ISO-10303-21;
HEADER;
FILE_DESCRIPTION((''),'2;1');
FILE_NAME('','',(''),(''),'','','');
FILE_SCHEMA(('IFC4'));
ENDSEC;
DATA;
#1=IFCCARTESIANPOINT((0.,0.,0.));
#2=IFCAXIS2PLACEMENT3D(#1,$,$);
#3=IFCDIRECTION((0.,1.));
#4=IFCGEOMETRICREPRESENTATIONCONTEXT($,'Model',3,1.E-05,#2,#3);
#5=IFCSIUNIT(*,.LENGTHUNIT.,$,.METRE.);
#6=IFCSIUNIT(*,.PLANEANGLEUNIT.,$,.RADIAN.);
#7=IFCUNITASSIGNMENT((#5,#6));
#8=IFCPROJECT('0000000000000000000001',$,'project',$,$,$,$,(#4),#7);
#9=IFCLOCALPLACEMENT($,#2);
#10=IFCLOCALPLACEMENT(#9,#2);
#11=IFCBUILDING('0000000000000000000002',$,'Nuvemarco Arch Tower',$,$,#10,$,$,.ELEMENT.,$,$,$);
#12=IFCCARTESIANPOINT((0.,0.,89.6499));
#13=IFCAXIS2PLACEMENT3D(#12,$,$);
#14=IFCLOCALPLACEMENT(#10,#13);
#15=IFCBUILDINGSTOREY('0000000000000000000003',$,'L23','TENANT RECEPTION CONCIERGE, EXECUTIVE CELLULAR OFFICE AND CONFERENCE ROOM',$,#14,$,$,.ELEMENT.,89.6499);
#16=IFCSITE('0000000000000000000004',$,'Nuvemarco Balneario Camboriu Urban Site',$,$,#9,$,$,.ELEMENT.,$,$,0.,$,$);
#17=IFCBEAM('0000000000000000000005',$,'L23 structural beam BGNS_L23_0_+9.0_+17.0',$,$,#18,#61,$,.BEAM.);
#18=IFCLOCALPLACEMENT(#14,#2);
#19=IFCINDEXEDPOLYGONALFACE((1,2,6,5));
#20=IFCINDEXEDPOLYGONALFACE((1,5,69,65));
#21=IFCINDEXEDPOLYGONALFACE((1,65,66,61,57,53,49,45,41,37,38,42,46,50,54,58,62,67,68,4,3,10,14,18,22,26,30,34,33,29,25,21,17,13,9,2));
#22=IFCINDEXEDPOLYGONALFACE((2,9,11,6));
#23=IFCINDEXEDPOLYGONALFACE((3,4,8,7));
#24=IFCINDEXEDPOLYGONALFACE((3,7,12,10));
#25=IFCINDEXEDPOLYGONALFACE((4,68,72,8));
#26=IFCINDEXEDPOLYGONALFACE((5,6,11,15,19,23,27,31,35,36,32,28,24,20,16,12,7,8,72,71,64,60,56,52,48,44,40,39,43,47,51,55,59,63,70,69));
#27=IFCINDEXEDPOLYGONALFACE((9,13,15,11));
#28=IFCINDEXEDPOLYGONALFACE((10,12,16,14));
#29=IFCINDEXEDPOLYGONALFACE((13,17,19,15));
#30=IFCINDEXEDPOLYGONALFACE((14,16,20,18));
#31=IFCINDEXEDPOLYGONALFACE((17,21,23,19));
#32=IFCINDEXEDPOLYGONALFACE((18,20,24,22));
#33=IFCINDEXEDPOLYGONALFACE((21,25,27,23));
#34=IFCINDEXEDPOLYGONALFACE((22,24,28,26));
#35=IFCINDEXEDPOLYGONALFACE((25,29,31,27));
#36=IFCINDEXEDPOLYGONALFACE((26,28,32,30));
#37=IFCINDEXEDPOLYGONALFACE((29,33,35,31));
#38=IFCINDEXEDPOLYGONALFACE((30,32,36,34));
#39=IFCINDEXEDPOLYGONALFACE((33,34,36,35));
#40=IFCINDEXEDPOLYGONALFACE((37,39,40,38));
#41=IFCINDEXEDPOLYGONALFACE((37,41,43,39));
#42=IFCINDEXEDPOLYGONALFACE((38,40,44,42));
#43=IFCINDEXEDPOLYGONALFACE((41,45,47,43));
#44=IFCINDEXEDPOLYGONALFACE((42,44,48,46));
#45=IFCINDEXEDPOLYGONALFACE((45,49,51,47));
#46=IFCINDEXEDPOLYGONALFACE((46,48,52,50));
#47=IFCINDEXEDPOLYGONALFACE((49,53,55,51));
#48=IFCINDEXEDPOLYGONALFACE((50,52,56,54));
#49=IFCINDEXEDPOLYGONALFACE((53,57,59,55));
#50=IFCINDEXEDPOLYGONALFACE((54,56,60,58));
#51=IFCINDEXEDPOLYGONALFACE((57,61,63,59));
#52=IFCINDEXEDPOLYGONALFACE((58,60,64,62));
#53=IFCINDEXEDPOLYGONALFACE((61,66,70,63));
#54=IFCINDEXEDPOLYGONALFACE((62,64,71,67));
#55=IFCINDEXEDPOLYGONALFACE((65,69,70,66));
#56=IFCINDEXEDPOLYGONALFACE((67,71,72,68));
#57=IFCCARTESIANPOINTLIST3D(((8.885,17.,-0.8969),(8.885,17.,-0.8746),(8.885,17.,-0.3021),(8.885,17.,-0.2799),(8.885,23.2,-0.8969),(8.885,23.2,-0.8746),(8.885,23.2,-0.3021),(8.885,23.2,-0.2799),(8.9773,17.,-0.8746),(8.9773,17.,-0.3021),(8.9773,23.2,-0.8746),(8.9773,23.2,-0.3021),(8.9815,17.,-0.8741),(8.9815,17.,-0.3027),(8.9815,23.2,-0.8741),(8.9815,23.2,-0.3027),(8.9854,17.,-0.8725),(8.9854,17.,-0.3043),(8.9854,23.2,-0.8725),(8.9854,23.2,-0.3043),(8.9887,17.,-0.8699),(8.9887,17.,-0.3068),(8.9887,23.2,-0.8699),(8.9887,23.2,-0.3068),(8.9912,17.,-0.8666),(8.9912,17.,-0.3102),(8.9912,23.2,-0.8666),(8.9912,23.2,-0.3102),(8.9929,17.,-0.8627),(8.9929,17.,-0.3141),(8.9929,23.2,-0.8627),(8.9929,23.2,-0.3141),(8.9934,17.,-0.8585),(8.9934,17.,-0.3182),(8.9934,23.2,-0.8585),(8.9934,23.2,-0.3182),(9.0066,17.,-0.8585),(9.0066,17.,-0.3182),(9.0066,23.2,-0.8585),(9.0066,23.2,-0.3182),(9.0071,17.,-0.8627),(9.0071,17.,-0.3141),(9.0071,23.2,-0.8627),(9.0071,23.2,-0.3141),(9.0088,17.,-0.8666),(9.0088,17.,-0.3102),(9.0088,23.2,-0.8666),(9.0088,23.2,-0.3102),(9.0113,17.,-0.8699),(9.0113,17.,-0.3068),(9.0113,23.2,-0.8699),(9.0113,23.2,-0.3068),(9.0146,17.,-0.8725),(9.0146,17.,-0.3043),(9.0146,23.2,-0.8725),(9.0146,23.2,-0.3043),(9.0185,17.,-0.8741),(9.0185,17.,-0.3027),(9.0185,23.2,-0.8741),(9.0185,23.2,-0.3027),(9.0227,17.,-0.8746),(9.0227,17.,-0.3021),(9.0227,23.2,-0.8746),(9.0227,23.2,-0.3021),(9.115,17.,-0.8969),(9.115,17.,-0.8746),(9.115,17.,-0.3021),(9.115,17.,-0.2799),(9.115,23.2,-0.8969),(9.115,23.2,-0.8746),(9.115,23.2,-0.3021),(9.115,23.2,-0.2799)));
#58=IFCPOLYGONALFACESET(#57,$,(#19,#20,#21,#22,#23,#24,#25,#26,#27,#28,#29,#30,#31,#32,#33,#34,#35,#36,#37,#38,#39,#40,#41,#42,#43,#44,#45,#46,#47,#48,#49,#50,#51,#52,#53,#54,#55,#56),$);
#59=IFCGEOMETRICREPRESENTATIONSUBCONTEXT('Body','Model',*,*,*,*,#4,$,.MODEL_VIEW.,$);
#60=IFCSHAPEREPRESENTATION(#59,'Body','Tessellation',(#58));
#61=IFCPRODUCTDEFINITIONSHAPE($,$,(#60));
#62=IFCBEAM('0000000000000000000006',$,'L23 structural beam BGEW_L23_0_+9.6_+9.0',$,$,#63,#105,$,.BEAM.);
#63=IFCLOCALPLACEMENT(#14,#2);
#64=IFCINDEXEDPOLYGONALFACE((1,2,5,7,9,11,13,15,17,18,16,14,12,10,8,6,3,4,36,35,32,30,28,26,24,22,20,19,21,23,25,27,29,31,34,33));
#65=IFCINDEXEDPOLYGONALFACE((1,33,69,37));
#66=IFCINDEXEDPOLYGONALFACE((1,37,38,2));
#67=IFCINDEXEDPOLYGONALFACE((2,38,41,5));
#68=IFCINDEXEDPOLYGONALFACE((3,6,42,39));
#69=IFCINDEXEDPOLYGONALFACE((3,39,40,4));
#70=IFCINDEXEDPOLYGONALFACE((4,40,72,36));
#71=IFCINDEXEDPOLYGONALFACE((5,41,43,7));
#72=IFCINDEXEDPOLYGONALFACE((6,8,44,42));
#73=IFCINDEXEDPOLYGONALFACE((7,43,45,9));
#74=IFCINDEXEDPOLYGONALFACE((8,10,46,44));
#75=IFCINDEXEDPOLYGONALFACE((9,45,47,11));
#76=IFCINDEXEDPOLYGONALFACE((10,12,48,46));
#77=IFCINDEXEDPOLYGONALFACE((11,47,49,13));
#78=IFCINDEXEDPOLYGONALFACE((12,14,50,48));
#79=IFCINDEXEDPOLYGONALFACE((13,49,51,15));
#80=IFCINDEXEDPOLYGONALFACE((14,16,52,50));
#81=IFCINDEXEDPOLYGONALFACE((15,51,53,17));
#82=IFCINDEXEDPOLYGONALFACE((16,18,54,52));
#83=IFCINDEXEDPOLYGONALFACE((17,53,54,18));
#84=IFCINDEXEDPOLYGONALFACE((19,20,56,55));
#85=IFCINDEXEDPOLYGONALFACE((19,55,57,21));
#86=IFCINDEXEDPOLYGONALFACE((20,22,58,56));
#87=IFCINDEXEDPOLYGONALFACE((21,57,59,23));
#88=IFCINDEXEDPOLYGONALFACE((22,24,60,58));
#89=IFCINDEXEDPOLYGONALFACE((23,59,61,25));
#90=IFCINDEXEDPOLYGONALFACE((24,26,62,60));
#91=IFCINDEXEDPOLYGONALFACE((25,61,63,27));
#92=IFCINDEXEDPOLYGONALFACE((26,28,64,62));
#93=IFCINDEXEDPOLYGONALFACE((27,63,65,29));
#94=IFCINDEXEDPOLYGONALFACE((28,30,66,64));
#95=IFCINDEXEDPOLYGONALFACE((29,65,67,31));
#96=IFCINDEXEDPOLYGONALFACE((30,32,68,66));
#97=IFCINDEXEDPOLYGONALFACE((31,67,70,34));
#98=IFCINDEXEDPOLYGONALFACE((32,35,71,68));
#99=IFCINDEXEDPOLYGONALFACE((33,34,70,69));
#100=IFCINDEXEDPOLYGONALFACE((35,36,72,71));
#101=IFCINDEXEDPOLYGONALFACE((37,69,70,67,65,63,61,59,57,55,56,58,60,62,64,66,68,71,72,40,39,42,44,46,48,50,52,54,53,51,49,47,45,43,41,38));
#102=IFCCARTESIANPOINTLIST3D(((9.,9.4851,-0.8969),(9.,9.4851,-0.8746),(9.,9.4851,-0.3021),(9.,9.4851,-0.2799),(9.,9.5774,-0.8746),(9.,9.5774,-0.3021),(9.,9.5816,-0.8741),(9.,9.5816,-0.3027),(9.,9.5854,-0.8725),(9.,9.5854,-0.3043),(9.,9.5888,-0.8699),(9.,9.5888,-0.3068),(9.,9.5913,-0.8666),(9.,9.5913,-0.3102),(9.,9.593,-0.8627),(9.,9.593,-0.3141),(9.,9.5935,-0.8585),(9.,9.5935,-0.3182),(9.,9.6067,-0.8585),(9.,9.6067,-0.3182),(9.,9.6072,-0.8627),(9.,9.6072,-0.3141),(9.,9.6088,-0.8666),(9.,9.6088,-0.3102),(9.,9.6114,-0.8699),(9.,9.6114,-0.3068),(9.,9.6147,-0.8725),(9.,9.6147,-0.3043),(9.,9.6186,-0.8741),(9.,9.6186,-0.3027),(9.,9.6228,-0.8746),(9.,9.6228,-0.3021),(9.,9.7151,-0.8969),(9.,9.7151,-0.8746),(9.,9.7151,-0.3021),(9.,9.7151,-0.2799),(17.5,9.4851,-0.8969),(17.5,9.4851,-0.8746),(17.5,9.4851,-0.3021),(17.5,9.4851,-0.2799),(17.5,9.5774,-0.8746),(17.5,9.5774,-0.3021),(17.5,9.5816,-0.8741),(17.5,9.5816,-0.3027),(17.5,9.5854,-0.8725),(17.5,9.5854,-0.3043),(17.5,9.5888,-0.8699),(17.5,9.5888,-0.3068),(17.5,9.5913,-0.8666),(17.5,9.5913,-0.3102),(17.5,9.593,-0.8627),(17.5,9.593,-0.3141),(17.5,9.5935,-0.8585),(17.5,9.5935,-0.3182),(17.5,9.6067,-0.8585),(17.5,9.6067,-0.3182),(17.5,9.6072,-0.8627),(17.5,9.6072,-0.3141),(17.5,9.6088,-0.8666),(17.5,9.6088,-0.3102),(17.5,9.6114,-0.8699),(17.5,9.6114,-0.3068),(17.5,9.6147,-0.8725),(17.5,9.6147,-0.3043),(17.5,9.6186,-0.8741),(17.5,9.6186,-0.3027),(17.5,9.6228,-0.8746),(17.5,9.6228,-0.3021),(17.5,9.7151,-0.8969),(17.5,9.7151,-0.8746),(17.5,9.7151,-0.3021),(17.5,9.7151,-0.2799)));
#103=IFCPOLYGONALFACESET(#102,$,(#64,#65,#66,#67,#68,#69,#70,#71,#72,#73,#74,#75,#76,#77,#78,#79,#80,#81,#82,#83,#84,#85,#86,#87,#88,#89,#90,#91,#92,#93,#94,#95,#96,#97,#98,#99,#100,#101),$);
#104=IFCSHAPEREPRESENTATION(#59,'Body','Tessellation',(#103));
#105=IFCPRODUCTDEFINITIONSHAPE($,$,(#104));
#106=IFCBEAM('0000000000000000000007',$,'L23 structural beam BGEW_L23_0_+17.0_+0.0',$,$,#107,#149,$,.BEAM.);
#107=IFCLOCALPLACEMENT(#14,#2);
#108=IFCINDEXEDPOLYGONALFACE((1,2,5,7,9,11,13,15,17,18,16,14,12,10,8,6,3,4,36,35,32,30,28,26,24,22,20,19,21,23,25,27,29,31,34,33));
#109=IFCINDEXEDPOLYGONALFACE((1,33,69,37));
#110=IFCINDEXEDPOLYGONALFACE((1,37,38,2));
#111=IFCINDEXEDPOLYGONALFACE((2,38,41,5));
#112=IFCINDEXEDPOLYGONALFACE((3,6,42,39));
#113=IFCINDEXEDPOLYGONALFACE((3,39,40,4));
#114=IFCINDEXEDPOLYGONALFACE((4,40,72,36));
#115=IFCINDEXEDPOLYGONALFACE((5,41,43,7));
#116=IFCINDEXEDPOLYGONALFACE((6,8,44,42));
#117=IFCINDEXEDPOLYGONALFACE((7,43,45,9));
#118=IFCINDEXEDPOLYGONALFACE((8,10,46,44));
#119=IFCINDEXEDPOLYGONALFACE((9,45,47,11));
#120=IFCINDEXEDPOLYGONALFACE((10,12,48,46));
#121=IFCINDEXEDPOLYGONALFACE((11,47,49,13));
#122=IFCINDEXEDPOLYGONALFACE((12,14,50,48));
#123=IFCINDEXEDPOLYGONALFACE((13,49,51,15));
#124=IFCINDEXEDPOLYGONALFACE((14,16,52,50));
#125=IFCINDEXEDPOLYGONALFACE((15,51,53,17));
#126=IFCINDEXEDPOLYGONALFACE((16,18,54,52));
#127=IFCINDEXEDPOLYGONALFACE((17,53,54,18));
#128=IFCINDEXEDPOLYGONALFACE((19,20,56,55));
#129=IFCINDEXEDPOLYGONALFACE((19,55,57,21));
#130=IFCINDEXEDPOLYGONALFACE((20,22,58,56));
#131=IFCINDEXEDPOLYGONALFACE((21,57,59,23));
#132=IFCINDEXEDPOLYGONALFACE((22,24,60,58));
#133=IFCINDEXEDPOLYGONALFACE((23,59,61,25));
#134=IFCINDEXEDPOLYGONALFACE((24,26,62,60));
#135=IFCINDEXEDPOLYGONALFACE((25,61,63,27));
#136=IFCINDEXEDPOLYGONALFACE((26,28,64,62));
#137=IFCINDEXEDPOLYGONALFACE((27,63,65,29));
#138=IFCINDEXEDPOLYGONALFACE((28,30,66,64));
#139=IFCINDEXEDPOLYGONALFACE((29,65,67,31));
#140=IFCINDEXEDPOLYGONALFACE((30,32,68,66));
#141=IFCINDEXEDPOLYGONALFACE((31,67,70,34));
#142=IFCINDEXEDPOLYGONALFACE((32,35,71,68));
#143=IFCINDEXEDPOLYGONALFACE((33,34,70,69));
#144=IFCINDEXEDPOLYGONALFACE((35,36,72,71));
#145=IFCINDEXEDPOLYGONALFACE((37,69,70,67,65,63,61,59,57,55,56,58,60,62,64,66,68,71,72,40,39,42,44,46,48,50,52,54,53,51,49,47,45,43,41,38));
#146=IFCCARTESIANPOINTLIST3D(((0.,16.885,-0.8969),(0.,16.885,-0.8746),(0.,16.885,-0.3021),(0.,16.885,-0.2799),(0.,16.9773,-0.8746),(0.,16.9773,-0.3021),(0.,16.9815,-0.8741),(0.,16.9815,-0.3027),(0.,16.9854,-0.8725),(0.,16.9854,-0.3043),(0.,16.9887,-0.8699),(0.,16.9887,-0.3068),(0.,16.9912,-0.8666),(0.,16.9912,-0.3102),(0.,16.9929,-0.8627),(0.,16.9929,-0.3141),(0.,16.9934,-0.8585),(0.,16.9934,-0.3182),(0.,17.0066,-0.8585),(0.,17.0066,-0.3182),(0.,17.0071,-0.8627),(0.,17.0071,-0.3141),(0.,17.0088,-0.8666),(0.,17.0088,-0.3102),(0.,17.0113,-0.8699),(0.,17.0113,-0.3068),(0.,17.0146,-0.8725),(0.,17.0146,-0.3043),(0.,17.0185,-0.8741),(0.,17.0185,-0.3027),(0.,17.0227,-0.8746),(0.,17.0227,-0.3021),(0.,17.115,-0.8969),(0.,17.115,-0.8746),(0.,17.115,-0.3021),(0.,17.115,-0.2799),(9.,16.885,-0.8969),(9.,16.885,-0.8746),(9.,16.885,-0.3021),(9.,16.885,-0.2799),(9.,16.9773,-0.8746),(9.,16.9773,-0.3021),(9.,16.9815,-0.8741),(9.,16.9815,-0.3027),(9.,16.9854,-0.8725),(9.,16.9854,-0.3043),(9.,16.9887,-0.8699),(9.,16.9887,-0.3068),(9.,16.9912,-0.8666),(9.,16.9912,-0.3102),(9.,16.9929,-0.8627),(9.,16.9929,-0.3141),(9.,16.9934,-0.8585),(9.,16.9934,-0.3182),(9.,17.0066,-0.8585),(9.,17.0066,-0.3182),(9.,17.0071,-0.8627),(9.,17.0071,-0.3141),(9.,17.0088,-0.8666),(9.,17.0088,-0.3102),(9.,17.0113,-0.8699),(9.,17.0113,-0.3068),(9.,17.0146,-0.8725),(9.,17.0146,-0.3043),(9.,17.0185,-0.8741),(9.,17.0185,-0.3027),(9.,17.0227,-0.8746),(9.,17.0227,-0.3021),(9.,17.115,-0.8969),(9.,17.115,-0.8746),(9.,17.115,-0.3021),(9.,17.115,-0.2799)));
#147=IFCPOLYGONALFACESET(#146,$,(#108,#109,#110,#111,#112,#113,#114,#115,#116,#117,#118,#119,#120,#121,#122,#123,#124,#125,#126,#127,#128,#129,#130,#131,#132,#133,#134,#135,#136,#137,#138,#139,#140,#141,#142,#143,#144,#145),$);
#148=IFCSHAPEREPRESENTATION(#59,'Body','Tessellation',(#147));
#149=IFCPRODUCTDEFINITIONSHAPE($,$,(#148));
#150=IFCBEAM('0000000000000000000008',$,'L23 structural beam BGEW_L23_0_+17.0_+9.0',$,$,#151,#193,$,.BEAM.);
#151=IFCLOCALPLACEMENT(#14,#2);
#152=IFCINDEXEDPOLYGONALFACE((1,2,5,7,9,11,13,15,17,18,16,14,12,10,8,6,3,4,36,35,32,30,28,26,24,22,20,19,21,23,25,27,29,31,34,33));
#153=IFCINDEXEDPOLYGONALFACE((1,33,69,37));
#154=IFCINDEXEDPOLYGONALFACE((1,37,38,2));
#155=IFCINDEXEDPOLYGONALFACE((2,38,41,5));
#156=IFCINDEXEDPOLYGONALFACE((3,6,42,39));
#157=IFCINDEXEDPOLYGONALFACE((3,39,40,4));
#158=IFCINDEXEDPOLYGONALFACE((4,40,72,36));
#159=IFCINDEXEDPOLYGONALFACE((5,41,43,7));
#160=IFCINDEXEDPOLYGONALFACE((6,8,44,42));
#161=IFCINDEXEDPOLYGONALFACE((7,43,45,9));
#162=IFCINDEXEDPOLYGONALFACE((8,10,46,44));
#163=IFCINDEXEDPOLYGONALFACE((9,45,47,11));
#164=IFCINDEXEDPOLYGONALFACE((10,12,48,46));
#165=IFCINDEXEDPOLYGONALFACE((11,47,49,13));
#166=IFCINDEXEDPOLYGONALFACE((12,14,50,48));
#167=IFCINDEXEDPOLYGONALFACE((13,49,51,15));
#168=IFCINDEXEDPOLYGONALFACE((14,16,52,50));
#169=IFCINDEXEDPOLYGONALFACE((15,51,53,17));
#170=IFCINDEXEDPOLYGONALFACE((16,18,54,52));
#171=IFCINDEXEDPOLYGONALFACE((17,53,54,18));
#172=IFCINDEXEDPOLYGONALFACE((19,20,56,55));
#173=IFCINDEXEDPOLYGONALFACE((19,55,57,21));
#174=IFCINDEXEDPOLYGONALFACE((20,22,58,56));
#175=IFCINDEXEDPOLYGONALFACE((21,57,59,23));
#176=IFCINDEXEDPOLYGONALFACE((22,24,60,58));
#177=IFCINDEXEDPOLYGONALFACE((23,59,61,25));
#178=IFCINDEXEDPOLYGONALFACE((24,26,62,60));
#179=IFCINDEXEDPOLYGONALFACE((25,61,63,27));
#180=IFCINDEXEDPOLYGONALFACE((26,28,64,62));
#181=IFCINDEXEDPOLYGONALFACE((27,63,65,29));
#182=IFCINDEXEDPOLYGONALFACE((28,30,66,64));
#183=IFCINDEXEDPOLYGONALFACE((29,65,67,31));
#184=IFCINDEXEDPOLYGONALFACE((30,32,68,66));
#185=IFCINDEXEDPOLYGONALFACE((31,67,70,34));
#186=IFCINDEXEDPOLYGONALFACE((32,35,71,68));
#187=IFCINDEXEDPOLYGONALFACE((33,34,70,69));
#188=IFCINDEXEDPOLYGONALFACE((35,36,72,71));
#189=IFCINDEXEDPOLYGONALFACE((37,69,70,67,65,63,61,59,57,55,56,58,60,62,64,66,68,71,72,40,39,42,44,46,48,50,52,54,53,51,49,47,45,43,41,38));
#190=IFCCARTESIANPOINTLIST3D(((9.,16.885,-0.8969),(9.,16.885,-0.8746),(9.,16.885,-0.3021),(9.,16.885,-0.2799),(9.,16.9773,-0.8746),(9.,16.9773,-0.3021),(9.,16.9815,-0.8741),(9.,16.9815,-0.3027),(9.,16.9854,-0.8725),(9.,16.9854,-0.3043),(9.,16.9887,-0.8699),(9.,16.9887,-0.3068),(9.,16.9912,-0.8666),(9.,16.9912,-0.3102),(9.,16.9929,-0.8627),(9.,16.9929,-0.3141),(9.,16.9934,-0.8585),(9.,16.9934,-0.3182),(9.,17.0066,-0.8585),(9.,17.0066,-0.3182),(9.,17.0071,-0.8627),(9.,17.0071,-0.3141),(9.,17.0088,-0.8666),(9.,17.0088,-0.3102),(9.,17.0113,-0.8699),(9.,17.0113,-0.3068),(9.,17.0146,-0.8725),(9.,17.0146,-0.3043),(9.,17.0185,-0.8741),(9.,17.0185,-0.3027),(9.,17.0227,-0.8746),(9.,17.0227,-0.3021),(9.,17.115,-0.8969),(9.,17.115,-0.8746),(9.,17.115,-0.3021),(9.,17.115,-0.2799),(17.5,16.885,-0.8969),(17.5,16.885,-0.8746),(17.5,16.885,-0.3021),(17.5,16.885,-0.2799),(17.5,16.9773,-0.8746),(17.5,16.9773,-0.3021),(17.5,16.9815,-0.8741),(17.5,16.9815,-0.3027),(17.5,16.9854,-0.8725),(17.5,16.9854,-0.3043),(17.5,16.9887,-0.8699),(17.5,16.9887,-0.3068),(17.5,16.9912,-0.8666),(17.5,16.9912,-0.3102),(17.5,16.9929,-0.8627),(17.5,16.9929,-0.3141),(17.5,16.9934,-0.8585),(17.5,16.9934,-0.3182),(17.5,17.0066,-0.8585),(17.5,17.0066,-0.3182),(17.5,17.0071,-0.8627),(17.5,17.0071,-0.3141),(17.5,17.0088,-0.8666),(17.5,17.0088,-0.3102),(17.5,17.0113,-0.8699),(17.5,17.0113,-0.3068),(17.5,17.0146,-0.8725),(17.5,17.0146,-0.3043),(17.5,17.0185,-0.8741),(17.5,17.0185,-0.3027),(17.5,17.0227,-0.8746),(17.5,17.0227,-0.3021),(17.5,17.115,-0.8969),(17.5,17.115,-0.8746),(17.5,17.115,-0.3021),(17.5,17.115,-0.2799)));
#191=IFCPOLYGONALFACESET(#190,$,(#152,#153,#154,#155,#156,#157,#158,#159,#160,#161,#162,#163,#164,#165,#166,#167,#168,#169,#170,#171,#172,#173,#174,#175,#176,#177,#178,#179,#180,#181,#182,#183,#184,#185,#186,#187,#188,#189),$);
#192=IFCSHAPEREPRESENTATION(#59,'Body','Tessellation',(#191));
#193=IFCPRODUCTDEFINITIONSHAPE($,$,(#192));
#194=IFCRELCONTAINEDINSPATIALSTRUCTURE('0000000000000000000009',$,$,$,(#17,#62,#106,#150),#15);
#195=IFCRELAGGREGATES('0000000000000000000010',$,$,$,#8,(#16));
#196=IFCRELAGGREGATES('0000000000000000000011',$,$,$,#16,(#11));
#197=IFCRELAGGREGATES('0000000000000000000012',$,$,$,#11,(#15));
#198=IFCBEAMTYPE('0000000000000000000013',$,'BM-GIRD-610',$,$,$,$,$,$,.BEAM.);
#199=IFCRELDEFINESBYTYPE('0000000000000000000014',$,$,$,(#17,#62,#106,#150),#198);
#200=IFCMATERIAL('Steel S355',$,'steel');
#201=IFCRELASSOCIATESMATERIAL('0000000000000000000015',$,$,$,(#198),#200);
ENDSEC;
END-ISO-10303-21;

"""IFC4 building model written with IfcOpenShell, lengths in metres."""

from ifc_helpers import new_model, si_unit, direction, frame, origin, origin_2d, place, context, subcontext, project, spatial, i_section, extrude, material, material_profile, profile_set, type_object, element, save


model = new_model("IFC4")

# Units and contexts
model_context = context("Model", 3, precision=1e-05, world=origin(), true_north=direction((0.0, 1.0)))
body_context = subcontext(model_context, "Body", "Model", "MODEL_VIEW")
ifc_project = project(units=[si_unit("LENGTHUNIT", "METRE"), si_unit("PLANEANGLEUNIT", "RADIAN")], contexts=[model_context])

# Site, building, storey
site_placement = place(None, origin())
site = spatial("IfcSite", under=ifc_project, at=site_placement, Name="Nuvemarco Balneario Camboriu Urban Site", CompositionType="ELEMENT", RefElevation=0.0)
building_placement = place(site_placement, origin())
building = spatial("IfcBuilding", under=site, at=building_placement, Name="Nuvemarco Arch Tower", CompositionType="ELEMENT")
storey_placement = place(building_placement, frame((0.0, 0.0, 89.6499)))
storey = spatial("IfcBuildingStorey", under=building, at=storey_placement, Name="L23", Description="TENANT RECEPTION CONCIERGE, EXECUTIVE CELLULAR OFFICE AND CONFERENCE ROOM", CompositionType="ELEMENT", Elevation=89.6499)

# Shared definitions
ifc_material_1 = material(Name="Steel S355", Category="steel")

# Beams
ifc_material_profile_1 = material_profile(ifc_material_1, i_section(OverallWidth=0.23, OverallDepth=0.6169, WebThickness=0.0132, FlangeThickness=0.0222, FilletRadius=0.0161, at=origin_2d()), Name="W610x140")
ifc_profile_set_1 = profile_set([ifc_material_profile_1], Name="Steel S355")
beam_type_1 = type_object("IfcBeamType", Name="BM-GIRD-610", PredefinedType="BEAM", material=ifc_profile_set_1)
beam_1_placement = place(storey_placement, frame((9.0, 17.0, -0.5884), z_axis=(0.0, 1.0, 0.0), x_axis=(-1.0, 0.0, 0.0)))
element("IfcBeam", 1, at=beam_1_placement, inside=storey, type_object=beam_type_1, Name="L23 structural beam BGNS_L23_0_+9.0_+17.0", PredefinedType="BEAM", context=body_context, shape_type="SweptSolid", body=[
    extrude(i_section(OverallWidth=0.23, OverallDepth=0.6169, WebThickness=0.0132, FlangeThickness=0.0222, FilletRadius=0.0161, at=origin_2d()), origin(), (0.0, 0.0, 1.0), 6.2),
])
beam_2_placement = place(storey_placement, frame((9.0, 9.6001, -0.5884), z_axis=(1.0, 0.0, 0.0), x_axis=(0.0, 1.0, 0.0)))
element("IfcBeam", 2, at=beam_2_placement, inside=storey, type_object=beam_type_1, Name="L23 structural beam BGEW_L23_0_+9.6_+9.0", PredefinedType="BEAM", context=body_context, shape_type="SweptSolid", body=[
    extrude(i_section(OverallWidth=0.23, OverallDepth=0.6169, WebThickness=0.0132, FlangeThickness=0.0222, FilletRadius=0.0161, at=origin_2d()), origin(), (0.0, 0.0, 1.0), 8.5),
])
beam_3_placement = place(storey_placement, frame((0.0, 17.0, -0.5884), z_axis=(1.0, 0.0, 0.0), x_axis=(0.0, 1.0, 0.0)))
element("IfcBeam", 3, at=beam_3_placement, inside=storey, type_object=beam_type_1, Name="L23 structural beam BGEW_L23_0_+17.0_+0.0", PredefinedType="BEAM", context=body_context, shape_type="SweptSolid", body=[
    extrude(i_section(OverallWidth=0.23, OverallDepth=0.6169, WebThickness=0.0132, FlangeThickness=0.0222, FilletRadius=0.0161, at=origin_2d()), origin(), (0.0, 0.0, 1.0), 9.0),
])
beam_4_placement = place(storey_placement, frame((9.0, 17.0, -0.5884), z_axis=(1.0, 0.0, 0.0), x_axis=(0.0, 1.0, 0.0)))
element("IfcBeam", 4, at=beam_4_placement, inside=storey, type_object=beam_type_1, Name="L23 structural beam BGEW_L23_0_+17.0_+9.0", PredefinedType="BEAM", context=body_context, shape_type="SweptSolid", body=[
    extrude(i_section(OverallWidth=0.23, OverallDepth=0.6169, WebThickness=0.0132, FlangeThickness=0.0222, FilletRadius=0.0161, at=origin_2d()), origin(), (0.0, 0.0, 1.0), 8.5),
])

save(model, "model.ifc")
